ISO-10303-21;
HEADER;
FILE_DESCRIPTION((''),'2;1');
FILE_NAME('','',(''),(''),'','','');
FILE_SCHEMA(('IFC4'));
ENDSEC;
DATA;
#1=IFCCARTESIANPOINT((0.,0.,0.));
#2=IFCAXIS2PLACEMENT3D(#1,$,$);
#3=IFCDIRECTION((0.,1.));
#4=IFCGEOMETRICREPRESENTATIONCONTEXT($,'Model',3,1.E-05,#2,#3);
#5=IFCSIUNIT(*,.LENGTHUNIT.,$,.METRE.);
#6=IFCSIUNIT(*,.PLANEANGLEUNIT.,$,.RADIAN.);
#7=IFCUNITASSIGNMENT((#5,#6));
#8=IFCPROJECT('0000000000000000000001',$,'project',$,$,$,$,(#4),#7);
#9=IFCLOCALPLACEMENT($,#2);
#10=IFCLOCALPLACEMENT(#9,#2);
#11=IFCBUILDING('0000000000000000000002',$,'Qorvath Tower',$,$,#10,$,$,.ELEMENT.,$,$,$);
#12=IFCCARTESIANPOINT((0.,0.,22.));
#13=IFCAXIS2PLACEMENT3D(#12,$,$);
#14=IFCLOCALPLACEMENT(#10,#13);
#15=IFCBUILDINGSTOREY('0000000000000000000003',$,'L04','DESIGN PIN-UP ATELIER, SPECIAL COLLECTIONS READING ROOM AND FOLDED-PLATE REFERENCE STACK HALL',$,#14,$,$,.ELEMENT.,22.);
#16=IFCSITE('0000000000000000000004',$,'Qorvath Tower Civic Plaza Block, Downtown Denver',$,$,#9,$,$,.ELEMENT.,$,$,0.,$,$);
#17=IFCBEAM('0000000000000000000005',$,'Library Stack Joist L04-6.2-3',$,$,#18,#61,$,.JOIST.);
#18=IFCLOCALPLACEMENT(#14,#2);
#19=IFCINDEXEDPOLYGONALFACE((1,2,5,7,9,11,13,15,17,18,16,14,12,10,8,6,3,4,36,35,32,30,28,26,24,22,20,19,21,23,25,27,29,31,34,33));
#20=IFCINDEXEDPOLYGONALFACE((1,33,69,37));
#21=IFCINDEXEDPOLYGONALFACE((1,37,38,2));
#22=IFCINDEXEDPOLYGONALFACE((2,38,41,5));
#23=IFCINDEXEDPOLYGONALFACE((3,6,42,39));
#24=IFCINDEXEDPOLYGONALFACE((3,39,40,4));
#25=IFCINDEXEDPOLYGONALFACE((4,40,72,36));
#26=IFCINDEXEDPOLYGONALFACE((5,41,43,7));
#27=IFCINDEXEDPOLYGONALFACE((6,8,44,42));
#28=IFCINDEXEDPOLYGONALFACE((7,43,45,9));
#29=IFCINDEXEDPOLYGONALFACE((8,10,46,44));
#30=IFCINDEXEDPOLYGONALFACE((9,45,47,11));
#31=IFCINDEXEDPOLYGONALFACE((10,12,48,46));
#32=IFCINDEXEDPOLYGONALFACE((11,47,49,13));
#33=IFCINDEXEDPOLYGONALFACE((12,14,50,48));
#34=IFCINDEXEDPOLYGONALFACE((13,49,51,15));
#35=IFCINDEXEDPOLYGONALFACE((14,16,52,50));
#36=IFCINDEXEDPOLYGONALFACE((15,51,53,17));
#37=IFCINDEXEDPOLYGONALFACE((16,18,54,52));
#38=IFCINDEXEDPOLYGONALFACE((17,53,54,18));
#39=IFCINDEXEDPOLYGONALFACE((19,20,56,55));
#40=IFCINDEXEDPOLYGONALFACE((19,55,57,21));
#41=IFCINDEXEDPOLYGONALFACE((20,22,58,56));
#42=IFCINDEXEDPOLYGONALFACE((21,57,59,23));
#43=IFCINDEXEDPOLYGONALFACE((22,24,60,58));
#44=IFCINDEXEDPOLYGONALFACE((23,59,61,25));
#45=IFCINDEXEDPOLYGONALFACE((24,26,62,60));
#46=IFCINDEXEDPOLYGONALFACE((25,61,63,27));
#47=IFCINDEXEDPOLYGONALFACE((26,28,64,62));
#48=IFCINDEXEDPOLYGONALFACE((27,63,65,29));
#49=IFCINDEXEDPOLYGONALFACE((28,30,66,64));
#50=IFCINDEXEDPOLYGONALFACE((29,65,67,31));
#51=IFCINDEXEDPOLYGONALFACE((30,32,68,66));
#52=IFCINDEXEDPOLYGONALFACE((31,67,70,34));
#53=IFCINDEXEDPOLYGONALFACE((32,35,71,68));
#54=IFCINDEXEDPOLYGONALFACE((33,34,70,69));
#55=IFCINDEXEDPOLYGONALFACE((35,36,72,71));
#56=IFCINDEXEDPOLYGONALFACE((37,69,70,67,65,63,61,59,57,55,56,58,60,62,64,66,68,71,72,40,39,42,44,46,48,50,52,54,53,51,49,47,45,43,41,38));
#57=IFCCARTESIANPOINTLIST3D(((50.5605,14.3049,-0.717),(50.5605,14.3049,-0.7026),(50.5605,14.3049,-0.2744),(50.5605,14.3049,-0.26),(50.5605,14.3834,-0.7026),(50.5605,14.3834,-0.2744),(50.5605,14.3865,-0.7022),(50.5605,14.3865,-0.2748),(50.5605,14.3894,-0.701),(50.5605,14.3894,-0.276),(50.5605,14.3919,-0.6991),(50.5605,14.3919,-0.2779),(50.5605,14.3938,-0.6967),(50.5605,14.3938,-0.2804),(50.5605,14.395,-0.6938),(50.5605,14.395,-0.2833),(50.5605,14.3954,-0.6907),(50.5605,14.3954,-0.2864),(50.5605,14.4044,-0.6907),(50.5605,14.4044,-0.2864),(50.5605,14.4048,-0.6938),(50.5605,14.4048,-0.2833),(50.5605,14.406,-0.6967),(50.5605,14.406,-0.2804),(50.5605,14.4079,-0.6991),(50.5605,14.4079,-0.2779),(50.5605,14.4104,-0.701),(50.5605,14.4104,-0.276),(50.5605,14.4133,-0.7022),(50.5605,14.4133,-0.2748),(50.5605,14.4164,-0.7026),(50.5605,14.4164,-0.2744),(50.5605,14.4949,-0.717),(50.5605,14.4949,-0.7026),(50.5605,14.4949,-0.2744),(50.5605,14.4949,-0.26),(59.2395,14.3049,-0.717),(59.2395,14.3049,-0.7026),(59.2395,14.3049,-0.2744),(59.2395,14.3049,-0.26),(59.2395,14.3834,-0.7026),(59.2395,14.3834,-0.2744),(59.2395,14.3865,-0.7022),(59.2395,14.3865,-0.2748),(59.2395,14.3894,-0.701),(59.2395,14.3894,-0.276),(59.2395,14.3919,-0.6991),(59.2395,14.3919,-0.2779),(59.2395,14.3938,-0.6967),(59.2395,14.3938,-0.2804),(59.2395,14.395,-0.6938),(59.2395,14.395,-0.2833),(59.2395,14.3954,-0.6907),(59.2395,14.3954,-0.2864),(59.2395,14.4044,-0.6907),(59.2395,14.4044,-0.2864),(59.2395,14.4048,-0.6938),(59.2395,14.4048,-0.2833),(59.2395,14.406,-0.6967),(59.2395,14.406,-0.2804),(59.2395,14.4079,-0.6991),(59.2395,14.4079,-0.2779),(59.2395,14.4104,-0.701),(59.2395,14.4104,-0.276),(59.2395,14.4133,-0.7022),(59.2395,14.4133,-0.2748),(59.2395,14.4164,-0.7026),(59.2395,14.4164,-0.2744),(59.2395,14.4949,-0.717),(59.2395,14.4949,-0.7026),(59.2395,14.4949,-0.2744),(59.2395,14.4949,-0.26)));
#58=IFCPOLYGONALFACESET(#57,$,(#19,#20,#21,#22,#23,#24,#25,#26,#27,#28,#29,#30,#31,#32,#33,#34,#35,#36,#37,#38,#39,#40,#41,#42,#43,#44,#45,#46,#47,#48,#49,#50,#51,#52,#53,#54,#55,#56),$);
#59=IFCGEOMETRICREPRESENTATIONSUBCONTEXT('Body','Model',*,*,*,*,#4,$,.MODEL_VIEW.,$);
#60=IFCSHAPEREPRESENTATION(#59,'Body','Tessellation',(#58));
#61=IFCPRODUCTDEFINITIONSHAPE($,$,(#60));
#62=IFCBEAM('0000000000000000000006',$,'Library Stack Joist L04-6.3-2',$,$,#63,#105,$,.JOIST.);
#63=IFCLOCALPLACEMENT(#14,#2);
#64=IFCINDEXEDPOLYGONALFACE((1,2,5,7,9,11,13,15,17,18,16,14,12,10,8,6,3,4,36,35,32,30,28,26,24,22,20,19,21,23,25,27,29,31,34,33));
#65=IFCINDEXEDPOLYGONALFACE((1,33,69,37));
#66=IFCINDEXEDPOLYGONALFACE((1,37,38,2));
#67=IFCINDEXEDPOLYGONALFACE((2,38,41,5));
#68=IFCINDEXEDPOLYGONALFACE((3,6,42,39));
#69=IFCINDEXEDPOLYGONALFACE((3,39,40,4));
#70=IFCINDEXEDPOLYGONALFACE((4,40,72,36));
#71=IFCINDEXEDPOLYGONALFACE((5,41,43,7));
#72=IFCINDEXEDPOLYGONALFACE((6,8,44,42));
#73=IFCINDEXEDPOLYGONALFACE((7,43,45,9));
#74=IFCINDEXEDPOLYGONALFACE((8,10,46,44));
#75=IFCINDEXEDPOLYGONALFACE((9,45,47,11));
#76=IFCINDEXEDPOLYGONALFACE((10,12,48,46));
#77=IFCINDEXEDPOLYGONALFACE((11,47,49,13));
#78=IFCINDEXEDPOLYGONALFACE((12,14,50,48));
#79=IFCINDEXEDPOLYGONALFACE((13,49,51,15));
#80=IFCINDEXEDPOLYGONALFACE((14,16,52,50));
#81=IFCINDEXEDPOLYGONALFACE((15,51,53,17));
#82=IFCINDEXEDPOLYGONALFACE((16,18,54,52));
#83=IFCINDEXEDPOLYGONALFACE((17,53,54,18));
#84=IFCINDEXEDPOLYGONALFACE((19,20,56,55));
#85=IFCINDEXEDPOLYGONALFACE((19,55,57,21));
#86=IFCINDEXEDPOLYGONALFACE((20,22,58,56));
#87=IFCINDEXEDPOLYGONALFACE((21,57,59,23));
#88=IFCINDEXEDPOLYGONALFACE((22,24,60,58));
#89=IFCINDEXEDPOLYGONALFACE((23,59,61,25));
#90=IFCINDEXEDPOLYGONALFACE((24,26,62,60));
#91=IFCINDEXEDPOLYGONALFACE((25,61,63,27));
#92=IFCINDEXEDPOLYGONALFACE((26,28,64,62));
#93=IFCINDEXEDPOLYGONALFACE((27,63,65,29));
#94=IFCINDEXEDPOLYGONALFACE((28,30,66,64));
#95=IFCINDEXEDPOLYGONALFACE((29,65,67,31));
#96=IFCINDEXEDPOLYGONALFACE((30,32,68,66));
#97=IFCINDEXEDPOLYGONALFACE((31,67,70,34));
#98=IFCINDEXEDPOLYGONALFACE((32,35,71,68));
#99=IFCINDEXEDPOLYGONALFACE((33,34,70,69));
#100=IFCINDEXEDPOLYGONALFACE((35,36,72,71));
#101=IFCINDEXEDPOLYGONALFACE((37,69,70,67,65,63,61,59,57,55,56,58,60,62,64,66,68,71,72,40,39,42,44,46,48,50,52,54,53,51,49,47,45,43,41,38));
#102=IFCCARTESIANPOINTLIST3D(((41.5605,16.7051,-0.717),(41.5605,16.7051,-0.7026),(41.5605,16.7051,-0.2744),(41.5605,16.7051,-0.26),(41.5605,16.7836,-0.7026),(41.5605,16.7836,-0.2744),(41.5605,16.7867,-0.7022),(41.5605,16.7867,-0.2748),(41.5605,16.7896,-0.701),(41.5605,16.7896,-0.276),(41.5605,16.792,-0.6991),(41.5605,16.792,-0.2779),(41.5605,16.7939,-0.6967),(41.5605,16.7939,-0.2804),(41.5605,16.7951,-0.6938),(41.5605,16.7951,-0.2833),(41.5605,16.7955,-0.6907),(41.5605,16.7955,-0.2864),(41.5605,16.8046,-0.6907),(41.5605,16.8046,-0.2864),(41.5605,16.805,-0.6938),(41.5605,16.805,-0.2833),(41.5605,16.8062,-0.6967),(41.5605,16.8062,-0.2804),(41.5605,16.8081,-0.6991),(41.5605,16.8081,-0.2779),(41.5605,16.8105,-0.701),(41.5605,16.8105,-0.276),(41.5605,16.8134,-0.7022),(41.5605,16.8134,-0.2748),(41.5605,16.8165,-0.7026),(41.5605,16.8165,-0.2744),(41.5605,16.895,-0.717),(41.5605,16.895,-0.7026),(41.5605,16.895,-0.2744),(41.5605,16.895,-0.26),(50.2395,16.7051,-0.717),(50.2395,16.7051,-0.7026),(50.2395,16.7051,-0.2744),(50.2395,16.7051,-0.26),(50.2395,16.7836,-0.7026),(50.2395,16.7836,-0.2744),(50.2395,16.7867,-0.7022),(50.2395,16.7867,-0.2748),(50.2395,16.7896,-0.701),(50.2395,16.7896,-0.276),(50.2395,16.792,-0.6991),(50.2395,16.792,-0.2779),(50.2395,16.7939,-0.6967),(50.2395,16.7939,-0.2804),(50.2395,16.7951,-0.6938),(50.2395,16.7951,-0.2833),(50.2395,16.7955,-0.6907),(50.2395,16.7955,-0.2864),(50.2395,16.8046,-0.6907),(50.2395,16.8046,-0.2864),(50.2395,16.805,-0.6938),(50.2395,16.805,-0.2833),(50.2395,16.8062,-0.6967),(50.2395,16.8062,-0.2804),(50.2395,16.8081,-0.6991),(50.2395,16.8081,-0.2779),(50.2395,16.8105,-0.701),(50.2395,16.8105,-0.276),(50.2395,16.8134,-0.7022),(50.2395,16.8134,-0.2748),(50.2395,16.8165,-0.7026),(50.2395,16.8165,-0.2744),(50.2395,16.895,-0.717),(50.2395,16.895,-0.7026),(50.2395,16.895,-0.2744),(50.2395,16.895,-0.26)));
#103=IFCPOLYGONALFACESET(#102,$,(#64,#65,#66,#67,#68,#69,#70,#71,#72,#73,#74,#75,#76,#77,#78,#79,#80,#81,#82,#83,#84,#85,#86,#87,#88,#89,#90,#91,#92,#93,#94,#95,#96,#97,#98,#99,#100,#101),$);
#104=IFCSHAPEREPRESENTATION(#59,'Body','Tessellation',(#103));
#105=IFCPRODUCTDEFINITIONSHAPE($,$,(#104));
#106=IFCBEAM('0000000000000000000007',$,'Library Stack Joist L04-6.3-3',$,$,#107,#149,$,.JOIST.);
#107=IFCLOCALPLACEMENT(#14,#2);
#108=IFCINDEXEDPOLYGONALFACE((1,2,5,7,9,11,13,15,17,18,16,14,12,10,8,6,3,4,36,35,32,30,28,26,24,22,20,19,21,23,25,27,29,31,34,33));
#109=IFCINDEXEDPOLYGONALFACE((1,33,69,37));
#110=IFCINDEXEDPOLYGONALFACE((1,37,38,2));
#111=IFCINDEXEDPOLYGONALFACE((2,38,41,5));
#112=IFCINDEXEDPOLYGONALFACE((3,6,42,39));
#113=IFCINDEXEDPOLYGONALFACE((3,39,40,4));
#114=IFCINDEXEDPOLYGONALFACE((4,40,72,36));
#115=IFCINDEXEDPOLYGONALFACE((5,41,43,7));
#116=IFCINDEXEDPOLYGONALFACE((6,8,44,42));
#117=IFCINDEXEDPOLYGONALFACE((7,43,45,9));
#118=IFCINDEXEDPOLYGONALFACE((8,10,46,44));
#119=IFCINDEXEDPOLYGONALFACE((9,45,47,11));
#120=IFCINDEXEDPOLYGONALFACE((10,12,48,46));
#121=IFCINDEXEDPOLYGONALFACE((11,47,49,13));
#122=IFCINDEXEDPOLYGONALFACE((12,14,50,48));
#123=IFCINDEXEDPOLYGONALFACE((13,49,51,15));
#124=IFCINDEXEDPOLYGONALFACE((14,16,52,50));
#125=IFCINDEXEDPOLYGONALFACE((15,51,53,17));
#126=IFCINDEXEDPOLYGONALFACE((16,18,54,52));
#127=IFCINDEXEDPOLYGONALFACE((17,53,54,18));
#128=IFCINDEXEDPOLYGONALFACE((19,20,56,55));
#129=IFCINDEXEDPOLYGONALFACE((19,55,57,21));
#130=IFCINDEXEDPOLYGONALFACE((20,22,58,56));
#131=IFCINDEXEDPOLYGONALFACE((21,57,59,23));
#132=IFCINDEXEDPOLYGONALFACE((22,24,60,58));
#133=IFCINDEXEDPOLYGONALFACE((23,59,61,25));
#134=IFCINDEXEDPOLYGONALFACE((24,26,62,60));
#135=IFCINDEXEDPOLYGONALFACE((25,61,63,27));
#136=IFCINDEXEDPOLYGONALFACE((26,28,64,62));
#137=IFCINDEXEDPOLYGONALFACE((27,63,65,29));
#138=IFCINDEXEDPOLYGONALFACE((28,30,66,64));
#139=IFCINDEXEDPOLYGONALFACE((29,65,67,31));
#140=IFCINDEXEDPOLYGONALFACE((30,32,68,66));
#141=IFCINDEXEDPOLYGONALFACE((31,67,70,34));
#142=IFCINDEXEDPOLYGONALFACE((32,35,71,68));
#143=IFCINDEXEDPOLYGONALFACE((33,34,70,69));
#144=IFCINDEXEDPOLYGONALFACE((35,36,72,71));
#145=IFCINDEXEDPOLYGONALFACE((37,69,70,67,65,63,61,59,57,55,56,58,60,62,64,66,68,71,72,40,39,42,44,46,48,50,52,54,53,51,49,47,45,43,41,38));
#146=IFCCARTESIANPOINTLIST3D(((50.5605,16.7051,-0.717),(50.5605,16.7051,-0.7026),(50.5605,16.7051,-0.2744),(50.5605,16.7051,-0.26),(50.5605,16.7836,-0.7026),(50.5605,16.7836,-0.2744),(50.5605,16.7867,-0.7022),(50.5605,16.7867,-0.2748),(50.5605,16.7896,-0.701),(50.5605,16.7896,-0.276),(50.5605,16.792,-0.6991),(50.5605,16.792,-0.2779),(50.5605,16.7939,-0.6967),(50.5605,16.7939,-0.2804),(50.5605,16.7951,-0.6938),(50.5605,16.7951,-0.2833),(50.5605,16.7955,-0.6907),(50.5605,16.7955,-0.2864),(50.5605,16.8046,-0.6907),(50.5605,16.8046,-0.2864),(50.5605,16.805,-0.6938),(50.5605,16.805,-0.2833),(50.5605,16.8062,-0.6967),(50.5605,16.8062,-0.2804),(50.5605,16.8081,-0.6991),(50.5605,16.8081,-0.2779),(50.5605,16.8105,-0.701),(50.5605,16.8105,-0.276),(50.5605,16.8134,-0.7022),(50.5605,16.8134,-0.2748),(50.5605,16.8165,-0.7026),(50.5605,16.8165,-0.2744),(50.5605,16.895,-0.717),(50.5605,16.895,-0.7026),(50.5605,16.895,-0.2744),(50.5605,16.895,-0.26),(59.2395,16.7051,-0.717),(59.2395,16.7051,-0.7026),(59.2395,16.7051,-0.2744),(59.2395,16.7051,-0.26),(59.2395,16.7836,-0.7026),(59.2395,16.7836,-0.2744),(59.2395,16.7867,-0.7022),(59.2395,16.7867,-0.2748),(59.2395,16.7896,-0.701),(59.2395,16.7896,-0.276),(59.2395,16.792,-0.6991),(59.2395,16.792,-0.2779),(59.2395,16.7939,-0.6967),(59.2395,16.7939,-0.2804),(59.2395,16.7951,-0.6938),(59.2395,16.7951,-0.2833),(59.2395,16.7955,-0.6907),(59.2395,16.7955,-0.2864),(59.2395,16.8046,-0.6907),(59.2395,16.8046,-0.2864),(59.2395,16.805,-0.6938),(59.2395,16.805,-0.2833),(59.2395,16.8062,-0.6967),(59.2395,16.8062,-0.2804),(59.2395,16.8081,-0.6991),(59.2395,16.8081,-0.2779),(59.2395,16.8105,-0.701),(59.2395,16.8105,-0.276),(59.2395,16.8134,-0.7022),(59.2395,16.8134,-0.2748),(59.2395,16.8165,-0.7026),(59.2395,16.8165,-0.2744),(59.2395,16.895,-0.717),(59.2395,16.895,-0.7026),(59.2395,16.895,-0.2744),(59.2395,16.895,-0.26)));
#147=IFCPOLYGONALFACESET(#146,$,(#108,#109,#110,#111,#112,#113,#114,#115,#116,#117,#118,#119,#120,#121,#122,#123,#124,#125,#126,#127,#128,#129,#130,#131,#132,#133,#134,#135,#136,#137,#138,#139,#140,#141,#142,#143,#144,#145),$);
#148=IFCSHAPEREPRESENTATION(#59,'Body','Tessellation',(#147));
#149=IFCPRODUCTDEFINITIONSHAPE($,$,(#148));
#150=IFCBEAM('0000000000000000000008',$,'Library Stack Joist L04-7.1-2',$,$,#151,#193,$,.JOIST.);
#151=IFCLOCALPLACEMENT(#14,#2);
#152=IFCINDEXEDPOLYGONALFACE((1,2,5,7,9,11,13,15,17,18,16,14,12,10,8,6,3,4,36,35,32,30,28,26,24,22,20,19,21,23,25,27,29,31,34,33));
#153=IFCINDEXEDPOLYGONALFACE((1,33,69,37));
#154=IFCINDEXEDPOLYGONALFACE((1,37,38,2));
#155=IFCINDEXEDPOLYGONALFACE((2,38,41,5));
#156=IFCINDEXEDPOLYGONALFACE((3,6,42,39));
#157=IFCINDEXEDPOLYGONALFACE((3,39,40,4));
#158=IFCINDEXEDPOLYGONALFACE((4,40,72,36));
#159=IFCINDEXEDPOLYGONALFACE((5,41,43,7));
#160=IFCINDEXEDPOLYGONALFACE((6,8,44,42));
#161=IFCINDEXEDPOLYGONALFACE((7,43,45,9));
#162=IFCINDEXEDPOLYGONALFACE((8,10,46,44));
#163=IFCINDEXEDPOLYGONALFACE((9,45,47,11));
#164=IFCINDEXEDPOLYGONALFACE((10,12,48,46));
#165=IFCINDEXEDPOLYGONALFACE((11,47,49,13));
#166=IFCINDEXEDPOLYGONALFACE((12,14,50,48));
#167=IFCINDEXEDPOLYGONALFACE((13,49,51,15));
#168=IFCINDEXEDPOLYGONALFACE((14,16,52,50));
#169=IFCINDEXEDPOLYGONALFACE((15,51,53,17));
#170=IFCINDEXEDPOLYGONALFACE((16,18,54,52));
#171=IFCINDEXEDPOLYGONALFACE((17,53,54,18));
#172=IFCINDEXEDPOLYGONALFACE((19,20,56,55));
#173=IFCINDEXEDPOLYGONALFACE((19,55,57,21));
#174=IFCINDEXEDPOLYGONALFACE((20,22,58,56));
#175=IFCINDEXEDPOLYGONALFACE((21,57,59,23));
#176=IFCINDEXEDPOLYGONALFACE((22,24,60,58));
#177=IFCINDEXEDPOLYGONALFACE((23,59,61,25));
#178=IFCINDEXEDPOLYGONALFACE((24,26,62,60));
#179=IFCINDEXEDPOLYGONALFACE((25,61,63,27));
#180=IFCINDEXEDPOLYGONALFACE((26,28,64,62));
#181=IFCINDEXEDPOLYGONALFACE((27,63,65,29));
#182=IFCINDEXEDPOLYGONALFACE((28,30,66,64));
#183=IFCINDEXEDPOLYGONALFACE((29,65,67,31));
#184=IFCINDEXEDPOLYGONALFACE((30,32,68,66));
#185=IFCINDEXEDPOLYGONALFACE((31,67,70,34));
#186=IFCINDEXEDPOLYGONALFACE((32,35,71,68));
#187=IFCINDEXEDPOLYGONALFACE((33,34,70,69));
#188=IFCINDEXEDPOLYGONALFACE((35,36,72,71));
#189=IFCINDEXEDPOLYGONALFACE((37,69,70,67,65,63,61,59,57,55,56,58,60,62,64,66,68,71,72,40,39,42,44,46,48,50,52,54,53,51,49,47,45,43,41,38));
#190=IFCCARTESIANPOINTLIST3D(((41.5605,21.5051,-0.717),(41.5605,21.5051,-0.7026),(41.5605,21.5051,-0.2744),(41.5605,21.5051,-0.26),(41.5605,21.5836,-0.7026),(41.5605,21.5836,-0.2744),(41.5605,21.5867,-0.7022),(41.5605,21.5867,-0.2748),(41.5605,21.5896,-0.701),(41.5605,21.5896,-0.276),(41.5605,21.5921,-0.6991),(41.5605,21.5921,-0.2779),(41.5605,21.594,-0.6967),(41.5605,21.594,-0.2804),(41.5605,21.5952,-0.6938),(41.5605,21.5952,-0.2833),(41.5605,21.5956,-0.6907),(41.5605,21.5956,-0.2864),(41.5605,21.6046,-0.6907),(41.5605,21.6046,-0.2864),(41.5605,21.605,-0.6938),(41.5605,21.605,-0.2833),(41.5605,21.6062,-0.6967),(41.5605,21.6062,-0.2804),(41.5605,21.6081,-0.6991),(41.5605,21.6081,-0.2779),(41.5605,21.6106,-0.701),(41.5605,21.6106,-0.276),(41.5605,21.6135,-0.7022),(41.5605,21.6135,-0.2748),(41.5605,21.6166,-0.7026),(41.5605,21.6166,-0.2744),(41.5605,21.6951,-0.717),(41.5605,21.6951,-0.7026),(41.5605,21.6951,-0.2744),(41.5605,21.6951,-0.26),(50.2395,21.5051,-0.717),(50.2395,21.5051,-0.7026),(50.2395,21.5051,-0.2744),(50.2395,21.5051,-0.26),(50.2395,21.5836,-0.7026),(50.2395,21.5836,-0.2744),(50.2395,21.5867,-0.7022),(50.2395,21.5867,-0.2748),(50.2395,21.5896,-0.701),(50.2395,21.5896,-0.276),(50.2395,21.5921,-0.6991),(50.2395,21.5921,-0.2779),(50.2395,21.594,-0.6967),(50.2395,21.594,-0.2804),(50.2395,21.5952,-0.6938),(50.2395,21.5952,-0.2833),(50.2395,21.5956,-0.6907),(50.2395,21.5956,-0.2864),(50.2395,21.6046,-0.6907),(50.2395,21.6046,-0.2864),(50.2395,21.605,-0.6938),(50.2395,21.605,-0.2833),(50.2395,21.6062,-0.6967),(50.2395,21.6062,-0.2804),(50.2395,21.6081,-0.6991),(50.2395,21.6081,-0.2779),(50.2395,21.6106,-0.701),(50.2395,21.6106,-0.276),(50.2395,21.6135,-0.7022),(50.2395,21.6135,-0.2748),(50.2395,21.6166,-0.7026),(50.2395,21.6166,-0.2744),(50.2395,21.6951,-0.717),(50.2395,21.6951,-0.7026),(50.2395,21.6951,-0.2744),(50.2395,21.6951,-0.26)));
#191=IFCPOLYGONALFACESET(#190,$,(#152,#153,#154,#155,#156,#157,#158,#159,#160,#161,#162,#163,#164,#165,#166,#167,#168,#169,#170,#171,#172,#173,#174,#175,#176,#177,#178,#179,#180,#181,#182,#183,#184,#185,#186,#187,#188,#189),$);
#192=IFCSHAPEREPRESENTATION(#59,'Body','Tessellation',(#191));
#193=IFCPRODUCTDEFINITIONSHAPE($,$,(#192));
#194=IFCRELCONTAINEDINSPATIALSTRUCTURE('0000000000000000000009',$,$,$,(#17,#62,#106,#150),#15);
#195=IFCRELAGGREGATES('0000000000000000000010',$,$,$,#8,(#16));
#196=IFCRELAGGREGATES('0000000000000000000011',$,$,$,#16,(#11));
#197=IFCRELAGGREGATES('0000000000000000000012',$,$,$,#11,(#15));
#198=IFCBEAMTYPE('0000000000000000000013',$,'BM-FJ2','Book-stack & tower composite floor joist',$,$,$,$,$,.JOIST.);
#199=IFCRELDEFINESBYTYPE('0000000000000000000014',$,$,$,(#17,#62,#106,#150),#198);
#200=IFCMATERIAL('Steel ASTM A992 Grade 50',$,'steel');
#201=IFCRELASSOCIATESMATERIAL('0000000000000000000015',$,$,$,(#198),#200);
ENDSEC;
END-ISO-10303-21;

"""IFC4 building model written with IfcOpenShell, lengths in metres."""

from ifc_helpers import new_model, si_unit, direction, frame, origin, origin_2d, place, context, subcontext, project, spatial, i_section, extrude, material, material_profile, profile_set, type_object, element, save


model = new_model("IFC4")

# Units and contexts
model_context = context("Model", 3, precision=1e-05, world=origin(), true_north=direction((0.0, 1.0)))
body_context = subcontext(model_context, "Body", "Model", "MODEL_VIEW")
ifc_project = project(units=[si_unit("LENGTHUNIT", "METRE"), si_unit("PLANEANGLEUNIT", "RADIAN")], contexts=[model_context])

# Site, building, storey
site_placement = place(None, origin())
site = spatial("IfcSite", under=ifc_project, at=site_placement, Name="Qorvath Tower Civic Plaza Block, Downtown Denver", CompositionType="ELEMENT", RefElevation=0.0)
building_placement = place(site_placement, origin())
building = spatial("IfcBuilding", under=site, at=building_placement, Name="Qorvath Tower", CompositionType="ELEMENT")
storey_placement = place(building_placement, frame((0.0, 0.0, 22.0)))
storey = spatial("IfcBuildingStorey", under=building, at=storey_placement, Name="L04", Description="DESIGN PIN-UP ATELIER, SPECIAL COLLECTIONS READING ROOM AND FOLDED-PLATE REFERENCE STACK HALL", CompositionType="ELEMENT", Elevation=22.0)

# Beams
ifc_material_1 = material(Name="Steel ASTM A992 Grade 50", Category="steel")
ifc_material_profile_1 = material_profile(ifc_material_1, i_section(OverallWidth=0.1899, OverallDepth=0.457, WebThickness=0.009, FlangeThickness=0.0144, FilletRadius=0.012, at=origin_2d()), Name="W18x50")
ifc_profile_set_1 = profile_set([ifc_material_profile_1], Name="Steel ASTM A992 Grade 50")
beam_type_1 = type_object("IfcBeamType", Name="BM-FJ2", Description="Book-stack & tower composite floor joist", PredefinedType="JOIST", material=ifc_profile_set_1)
for number, where, z_axis, x_axis, name in (
    (1, (50.5605, 14.3999, -0.4885), (1.0, 0.0, 0.0), (0.0, 1.0, 0.0), "Library Stack Joist L04-6.2-3"),
    (2, (41.5605, 16.8, -0.4885), (1.0, 0.0, 0.0), (0.0, 1.0, 0.0), "Library Stack Joist L04-6.3-2"),
    (3, (50.5605, 16.8, -0.4885), (1.0, 0.0, 0.0), (0.0, 1.0, 0.0), "Library Stack Joist L04-6.3-3"),
    (4, (41.5605, 21.6001, -0.4885), (1.0, 0.0, 0.0), (0.0, 1.0, 0.0), "Library Stack Joist L04-7.1-2"),
):
    element("IfcBeam", number, at=place(storey_placement, frame(where, z_axis=z_axis, x_axis=x_axis)), inside=storey, type_object=beam_type_1, Name=name, PredefinedType="JOIST", context=body_context, shape_type="SweptSolid", body=[
        extrude(i_section(OverallWidth=0.1899, OverallDepth=0.457, WebThickness=0.009, FlangeThickness=0.0144, FilletRadius=0.012, at=origin_2d()), origin(), (0.0, 0.0, 1.0), 8.679),
    ])

save(model, "model.ifc")
